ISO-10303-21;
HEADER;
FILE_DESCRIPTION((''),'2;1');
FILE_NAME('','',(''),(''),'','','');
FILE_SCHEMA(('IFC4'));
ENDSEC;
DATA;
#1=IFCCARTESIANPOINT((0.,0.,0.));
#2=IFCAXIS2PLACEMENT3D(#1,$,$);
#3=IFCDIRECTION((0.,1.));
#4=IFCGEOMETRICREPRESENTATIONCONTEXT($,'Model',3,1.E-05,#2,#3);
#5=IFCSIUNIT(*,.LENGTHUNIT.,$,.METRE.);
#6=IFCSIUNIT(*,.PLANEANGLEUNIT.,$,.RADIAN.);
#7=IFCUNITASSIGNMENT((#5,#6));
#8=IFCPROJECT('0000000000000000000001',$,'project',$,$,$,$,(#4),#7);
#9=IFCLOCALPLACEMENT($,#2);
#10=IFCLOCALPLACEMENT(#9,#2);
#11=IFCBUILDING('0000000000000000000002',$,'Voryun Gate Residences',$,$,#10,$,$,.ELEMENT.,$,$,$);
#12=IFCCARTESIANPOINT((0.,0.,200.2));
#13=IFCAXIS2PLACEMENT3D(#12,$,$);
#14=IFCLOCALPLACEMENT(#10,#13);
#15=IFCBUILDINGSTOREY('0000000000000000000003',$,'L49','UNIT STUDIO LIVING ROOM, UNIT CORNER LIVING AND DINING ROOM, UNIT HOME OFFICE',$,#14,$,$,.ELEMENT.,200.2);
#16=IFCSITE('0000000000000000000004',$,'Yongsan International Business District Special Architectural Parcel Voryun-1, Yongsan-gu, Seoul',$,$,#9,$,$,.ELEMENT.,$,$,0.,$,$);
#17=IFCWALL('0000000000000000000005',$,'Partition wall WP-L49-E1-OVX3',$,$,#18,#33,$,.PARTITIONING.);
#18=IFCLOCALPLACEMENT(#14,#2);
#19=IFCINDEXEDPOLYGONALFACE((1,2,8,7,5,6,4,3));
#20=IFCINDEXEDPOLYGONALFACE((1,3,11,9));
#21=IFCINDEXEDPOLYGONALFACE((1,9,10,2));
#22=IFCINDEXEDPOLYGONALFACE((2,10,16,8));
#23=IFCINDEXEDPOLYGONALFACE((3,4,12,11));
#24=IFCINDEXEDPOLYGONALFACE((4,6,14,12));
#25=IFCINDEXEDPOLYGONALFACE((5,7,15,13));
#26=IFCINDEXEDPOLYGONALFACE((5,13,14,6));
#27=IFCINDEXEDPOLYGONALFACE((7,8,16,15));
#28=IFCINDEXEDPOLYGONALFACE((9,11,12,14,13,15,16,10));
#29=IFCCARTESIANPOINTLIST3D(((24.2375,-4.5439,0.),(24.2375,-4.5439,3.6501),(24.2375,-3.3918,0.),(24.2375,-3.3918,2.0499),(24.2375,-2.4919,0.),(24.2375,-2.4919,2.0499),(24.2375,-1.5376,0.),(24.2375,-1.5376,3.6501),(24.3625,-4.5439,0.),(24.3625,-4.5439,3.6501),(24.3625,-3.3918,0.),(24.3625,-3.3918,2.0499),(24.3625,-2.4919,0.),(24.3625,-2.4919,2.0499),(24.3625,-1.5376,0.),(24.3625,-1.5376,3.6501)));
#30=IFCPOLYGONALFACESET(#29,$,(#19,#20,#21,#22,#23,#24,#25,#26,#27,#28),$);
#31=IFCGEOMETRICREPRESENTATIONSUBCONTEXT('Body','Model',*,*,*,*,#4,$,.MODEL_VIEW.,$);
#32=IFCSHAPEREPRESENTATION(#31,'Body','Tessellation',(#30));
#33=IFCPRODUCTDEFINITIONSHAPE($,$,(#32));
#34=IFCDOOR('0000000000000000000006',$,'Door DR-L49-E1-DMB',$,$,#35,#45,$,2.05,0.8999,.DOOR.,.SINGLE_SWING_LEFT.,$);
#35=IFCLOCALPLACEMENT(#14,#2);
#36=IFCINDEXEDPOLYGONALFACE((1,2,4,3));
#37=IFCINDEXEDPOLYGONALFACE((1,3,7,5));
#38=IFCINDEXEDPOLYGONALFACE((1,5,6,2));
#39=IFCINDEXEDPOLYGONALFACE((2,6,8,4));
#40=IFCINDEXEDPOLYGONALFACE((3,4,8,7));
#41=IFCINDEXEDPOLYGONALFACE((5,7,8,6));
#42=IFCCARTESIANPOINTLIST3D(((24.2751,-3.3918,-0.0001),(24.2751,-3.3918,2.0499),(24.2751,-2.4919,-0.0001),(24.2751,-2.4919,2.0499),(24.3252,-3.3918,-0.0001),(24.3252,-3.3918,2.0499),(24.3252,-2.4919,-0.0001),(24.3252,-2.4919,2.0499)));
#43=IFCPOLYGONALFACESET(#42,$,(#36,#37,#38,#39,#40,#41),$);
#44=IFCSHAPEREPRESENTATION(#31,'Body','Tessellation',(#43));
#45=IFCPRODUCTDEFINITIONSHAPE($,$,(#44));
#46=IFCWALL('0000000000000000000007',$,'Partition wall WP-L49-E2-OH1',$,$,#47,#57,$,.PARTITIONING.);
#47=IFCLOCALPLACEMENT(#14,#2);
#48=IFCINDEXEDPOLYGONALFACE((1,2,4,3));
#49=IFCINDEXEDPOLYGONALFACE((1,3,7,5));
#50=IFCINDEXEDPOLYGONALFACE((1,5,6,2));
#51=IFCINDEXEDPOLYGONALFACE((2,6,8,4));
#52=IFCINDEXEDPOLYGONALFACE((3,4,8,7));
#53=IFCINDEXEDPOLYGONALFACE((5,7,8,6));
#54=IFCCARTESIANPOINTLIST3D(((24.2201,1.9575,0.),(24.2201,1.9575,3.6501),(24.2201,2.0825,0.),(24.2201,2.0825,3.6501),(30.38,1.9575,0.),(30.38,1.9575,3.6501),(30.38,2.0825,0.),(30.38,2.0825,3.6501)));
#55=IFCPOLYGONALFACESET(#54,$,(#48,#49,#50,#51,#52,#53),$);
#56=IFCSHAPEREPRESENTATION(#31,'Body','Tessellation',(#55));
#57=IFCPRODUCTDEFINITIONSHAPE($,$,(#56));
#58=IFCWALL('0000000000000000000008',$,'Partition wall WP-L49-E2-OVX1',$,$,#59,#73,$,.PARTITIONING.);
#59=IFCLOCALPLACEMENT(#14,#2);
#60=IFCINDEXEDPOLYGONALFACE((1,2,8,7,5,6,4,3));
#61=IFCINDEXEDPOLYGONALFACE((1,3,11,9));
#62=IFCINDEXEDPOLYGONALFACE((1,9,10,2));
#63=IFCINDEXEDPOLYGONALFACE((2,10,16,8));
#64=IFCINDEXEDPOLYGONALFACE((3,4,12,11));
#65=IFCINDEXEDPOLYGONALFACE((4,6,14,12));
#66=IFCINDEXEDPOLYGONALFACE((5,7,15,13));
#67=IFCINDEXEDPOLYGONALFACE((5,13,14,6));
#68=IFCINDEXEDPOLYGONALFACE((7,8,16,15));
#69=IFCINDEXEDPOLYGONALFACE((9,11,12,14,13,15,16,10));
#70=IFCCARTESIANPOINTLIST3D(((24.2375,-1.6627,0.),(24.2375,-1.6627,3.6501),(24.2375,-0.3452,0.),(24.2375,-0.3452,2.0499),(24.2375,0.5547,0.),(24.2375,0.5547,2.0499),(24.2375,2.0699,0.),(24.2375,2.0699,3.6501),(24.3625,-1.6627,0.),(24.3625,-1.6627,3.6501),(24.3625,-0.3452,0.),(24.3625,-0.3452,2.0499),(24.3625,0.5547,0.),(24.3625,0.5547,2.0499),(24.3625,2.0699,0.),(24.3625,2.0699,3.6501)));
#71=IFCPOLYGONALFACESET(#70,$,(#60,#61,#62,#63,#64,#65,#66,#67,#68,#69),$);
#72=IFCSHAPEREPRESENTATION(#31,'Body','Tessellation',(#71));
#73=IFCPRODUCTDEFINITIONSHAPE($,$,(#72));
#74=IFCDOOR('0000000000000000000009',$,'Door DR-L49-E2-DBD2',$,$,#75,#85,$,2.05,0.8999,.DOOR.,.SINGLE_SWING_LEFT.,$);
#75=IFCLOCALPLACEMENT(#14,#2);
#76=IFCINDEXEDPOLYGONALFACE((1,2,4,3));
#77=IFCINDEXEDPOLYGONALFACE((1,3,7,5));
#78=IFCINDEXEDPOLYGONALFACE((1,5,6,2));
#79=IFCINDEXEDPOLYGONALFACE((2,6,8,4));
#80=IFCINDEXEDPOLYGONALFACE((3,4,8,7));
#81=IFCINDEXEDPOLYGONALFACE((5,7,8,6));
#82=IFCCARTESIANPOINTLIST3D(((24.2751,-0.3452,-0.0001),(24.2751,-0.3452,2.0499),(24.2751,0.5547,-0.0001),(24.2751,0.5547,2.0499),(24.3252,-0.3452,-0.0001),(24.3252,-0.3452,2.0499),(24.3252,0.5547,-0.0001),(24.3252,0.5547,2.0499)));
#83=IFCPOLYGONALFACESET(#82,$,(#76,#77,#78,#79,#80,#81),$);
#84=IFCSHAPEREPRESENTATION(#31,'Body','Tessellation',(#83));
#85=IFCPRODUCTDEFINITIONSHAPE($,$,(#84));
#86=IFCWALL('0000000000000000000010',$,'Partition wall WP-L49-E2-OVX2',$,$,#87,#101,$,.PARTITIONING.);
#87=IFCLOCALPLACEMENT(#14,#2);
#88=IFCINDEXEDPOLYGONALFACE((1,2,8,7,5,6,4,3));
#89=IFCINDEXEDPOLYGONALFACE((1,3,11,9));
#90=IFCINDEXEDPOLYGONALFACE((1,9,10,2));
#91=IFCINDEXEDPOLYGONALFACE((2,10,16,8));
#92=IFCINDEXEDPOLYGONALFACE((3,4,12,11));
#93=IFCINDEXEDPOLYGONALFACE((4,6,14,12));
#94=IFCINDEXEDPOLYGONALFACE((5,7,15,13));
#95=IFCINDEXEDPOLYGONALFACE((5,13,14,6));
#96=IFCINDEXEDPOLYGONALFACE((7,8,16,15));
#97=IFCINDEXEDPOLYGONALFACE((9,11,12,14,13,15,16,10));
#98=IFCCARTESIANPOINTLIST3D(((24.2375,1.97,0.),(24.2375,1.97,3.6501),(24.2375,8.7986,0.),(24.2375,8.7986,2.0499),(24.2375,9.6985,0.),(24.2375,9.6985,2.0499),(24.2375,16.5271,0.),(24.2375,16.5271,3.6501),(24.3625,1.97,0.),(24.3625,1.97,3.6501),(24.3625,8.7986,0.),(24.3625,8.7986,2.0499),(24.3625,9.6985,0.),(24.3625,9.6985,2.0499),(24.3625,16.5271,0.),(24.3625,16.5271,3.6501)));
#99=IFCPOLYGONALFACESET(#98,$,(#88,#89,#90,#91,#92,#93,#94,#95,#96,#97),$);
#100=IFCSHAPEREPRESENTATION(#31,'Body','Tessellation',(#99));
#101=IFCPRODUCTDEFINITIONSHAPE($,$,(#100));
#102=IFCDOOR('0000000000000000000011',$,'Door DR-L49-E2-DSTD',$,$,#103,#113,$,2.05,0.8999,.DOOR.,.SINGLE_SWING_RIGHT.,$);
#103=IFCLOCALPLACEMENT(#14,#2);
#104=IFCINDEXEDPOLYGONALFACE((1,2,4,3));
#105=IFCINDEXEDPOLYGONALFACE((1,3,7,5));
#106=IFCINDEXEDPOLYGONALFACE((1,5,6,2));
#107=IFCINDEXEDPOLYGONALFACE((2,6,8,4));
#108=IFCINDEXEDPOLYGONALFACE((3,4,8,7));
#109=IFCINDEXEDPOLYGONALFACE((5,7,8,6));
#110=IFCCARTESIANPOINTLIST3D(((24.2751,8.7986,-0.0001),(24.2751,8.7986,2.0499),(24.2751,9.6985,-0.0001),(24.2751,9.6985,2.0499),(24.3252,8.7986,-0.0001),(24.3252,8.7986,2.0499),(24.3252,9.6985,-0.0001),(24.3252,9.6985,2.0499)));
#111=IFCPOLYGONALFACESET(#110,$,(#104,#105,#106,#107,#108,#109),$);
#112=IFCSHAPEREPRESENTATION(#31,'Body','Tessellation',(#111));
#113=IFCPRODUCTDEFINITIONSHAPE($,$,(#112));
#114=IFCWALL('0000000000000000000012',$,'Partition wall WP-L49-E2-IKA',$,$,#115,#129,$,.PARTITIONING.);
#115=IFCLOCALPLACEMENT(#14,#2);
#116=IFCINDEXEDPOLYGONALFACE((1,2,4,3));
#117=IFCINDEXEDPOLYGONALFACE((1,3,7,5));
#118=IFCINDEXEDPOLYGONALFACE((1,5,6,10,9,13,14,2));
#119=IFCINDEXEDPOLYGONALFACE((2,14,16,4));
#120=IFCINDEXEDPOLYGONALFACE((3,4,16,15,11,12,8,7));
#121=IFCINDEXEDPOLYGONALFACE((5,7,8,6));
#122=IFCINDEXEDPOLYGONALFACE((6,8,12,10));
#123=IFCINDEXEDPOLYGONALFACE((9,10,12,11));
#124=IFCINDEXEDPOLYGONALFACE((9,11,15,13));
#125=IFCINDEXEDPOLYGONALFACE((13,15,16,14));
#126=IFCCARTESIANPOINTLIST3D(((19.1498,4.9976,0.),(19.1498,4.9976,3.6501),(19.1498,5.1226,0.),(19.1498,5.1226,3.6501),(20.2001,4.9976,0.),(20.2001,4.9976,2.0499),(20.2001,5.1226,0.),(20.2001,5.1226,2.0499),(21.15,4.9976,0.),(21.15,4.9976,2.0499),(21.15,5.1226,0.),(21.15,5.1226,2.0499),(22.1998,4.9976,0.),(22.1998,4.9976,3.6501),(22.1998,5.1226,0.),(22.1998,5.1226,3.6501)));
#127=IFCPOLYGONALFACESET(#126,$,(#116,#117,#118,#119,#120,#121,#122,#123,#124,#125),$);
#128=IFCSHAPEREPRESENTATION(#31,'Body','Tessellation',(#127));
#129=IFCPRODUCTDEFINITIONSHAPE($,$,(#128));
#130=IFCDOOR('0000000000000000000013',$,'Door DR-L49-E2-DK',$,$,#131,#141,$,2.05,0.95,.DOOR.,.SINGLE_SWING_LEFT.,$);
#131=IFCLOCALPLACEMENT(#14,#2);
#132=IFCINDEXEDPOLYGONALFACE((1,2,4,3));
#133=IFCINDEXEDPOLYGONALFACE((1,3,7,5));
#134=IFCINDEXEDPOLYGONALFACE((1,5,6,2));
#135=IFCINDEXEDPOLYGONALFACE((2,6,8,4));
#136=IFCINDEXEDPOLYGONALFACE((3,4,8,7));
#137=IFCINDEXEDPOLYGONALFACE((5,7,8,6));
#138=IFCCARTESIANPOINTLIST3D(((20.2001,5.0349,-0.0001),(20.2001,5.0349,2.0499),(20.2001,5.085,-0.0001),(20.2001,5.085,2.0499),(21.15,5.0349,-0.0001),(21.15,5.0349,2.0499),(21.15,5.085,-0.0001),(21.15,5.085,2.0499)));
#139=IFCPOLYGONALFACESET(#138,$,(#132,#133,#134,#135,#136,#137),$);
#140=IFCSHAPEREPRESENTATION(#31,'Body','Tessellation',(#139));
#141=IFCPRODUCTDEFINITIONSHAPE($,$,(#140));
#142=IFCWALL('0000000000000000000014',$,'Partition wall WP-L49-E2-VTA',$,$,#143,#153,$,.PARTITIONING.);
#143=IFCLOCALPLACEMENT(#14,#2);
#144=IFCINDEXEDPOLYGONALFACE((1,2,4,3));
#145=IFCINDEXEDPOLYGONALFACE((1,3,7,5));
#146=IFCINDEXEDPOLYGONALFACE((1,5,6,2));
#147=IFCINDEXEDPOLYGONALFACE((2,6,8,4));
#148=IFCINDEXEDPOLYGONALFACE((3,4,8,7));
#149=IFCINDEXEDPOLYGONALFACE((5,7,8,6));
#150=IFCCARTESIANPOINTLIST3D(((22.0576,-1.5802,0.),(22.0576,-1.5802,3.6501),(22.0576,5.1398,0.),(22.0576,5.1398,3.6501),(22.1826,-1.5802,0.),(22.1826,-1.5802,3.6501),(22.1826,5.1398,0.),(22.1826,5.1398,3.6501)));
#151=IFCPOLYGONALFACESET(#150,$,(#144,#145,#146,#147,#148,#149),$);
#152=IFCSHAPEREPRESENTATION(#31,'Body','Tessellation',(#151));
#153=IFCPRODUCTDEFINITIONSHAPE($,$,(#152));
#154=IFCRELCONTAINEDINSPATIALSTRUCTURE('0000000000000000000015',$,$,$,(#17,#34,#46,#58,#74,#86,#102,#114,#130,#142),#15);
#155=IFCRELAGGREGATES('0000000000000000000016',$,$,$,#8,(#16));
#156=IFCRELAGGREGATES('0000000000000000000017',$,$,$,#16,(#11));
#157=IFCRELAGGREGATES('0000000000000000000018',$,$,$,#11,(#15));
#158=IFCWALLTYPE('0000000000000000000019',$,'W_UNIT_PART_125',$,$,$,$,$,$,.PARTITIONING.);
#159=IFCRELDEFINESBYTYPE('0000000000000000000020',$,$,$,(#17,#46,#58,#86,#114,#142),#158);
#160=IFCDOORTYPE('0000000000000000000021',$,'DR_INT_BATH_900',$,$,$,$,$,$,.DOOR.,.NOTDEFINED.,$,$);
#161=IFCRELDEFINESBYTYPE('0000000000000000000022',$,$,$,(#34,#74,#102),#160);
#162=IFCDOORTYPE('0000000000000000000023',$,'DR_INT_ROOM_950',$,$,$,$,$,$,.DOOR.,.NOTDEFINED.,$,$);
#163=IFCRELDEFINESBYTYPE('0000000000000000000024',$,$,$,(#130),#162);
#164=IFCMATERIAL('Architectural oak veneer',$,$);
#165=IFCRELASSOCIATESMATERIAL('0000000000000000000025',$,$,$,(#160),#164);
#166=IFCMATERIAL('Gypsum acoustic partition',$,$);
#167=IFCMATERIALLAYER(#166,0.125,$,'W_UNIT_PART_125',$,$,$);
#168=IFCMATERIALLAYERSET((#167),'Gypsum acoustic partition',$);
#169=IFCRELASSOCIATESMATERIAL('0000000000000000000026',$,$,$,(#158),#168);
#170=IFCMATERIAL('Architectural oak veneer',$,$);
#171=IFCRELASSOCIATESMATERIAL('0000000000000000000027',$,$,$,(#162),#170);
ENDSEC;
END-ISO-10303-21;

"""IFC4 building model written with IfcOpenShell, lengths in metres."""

from ifc_helpers import new_model, si_unit, direction, frame, frame_2d, origin, place, context, subcontext, project, spatial, rectangle, extrude, material, layer, layer_set, type_object, element, fill, save


model = new_model("IFC4")

# Units and contexts
model_context = context("Model", 3, precision=1e-05, world=origin(), true_north=direction((0.0, 1.0)))
body_context = subcontext(model_context, "Body", "Model", "MODEL_VIEW")
ifc_project = project(units=[si_unit("LENGTHUNIT", "METRE"), si_unit("PLANEANGLEUNIT", "RADIAN")], contexts=[model_context])

# Site, building, storey
site_placement = place(None, origin())
site = spatial("IfcSite", under=ifc_project, at=site_placement, Name="Yongsan International Business District Special Architectural Parcel Voryun-1, Yongsan-gu, Seoul", CompositionType="ELEMENT", RefElevation=0.0)
building_placement = place(site_placement, origin())
building = spatial("IfcBuilding", under=site, at=building_placement, Name="Voryun Gate Residences", CompositionType="ELEMENT")
storey_placement = place(building_placement, frame((0.0, 0.0, 200.2)))
storey = spatial("IfcBuildingStorey", under=building, at=storey_placement, Name="L49", Description="UNIT STUDIO LIVING ROOM, UNIT CORNER LIVING AND DINING ROOM, UNIT HOME OFFICE", CompositionType="ELEMENT", Elevation=200.2)

# Shared definitions
ifc_material_1 = material(Name="Architectural oak veneer")
door_type_1 = type_object("IfcDoorType", Name="DR_INT_BATH_900", OperationType="NOTDEFINED", PredefinedType="DOOR", material=ifc_material_1)

# Shared definitions
ifc_material_2 = material(Name="Gypsum acoustic partition")
ifc_layer_1 = layer(ifc_material_2, 0.125, Name="W_UNIT_PART_125")
ifc_layer_set_1 = layer_set([ifc_layer_1], Name="Gypsum acoustic partition")
wall_type_1 = type_object("IfcWallType", Name="W_UNIT_PART_125", PredefinedType="PARTITIONING", material=ifc_layer_set_1)

# Wall, opening, door
wall_1_placement = place(storey_placement, frame((24.3, -4.5439, 0.0), z_axis=(0.0, 0.0, 1.0), x_axis=(0.0, 1.0, 0.0)))
wall_1 = element("IfcWall", 1, at=wall_1_placement, inside=storey, type_object=wall_type_1, Name="Partition wall WP-L49-E1-OVX3", PredefinedType="PARTITIONING", context=body_context, shape_type="SweptSolid", body=[
    extrude(rectangle(XDim=3.0063, YDim=0.125, at=frame_2d((1.5032, 0.0))), origin(), (0.0, 0.0, 1.0), 3.6501),
])
opening_1_placement = place(wall_1_placement, frame((1.1521, 0.0, 0.0)))
opening_1 = element("IfcOpeningElement", 2, at=opening_1_placement, cuts=wall_1, PredefinedType="OPENING", context=body_context, shape_type="SweptSolid", body=[
    extrude(rectangle(XDim=0.8999, YDim=2.05, at=frame_2d((0.45, 1.0249))), frame((0.0, 0.0725, 0.0), z_axis=(0.0, -1.0, 0.0), x_axis=(1.0, 0.0, 0.0)), (0.0, 0.0, 1.0), 0.145),
])
door_1_placement = place(opening_1_placement, origin())
door_1 = element("IfcDoor", 3, at=door_1_placement, inside=storey, type_object=door_type_1, Name="Door DR-L49-E1-DMB", OperationType="SINGLE_SWING_LEFT", OverallHeight=2.05, OverallWidth=0.8999, PredefinedType="DOOR", context=body_context, shape_type="SweptSolid", body=[
    extrude(rectangle(XDim=0.8999, YDim=2.05, at=frame_2d((0.45, 1.0249))), frame((0.0, 0.0249, 0.0), z_axis=(0.0, -1.0, 0.0), x_axis=(1.0, 0.0, 0.0)), (0.0, 0.0, 1.0), 0.05),
])
fill(opening_1, door_1)

# Wall
wall_2_placement = place(storey_placement, frame((24.22, 2.02, 0.0), z_axis=(0.0, 0.0, 1.0), x_axis=(1.0, 0.0, 0.0)))
element("IfcWall", 4, at=wall_2_placement, inside=storey, type_object=wall_type_1, Name="Partition wall WP-L49-E2-OH1", PredefinedType="PARTITIONING", context=body_context, shape_type="SweptSolid", body=[
    extrude(rectangle(XDim=6.1599, YDim=0.125, at=frame_2d((3.0801, 0.0))), origin(), (0.0, 0.0, 1.0), 3.6501),
])

# Walls, openings, doors
wall_3_placement = place(storey_placement, frame((24.3, -1.6626, 0.0), z_axis=(0.0, 0.0, 1.0), x_axis=(0.0, 1.0, 0.0)))
wall_3 = element("IfcWall", 5, at=wall_3_placement, inside=storey, type_object=wall_type_1, Name="Partition wall WP-L49-E2-OVX1", PredefinedType="PARTITIONING", context=body_context, shape_type="SweptSolid", body=[
    extrude(rectangle(XDim=3.7327, YDim=0.125, at=frame_2d((1.8662, 0.0))), origin(), (0.0, 0.0, 1.0), 3.6501),
])
opening_2_placement = place(wall_3_placement, frame((1.3174, 0.0, 0.0)))
opening_2 = element("IfcOpeningElement", 6, at=opening_2_placement, cuts=wall_3, PredefinedType="OPENING", context=body_context, shape_type="SweptSolid", body=[
    extrude(rectangle(XDim=0.8999, YDim=2.05, at=frame_2d((0.45, 1.0249))), frame((0.0, 0.0725, 0.0), z_axis=(0.0, -1.0, 0.0), x_axis=(1.0, 0.0, 0.0)), (0.0, 0.0, 1.0), 0.145),
])
door_2_placement = place(opening_2_placement, origin())
door_2 = element("IfcDoor", 7, at=door_2_placement, inside=storey, type_object=door_type_1, Name="Door DR-L49-E2-DBD2", OperationType="SINGLE_SWING_LEFT", OverallHeight=2.05, OverallWidth=0.8999, PredefinedType="DOOR", context=body_context, shape_type="SweptSolid", body=[
    extrude(rectangle(XDim=0.8999, YDim=2.05, at=frame_2d((0.45, 1.0249))), frame((0.0, 0.0249, 0.0), z_axis=(0.0, -1.0, 0.0), x_axis=(1.0, 0.0, 0.0)), (0.0, 0.0, 1.0), 0.05),
])
fill(opening_2, door_2)
wall_4_placement = place(storey_placement, frame((24.3, 1.97, 0.0), z_axis=(0.0, 0.0, 1.0), x_axis=(0.0, 1.0, 0.0)))
wall_4 = element("IfcWall", 8, at=wall_4_placement, inside=storey, type_object=wall_type_1, Name="Partition wall WP-L49-E2-OVX2", PredefinedType="PARTITIONING", context=body_context, shape_type="SweptSolid", body=[
    extrude(rectangle(XDim=14.5571, YDim=0.125, at=frame_2d((7.2786, 0.0))), origin(), (0.0, 0.0, 1.0), 3.6501),
])
opening_3_placement = place(wall_4_placement, frame((6.8286, 0.0, 0.0)))
opening_3 = element("IfcOpeningElement", 9, at=opening_3_placement, cuts=wall_4, PredefinedType="OPENING", context=body_context, shape_type="SweptSolid", body=[
    extrude(rectangle(XDim=0.8999, YDim=2.05, at=frame_2d((0.45, 1.0249))), frame((0.0, 0.0725, 0.0), z_axis=(0.0, -1.0, 0.0), x_axis=(1.0, 0.0, 0.0)), (0.0, 0.0, 1.0), 0.145),
])
door_3_placement = place(opening_3_placement, origin())
door_3 = element("IfcDoor", 10, at=door_3_placement, inside=storey, type_object=door_type_1, Name="Door DR-L49-E2-DSTD", OperationType="SINGLE_SWING_RIGHT", OverallHeight=2.05, OverallWidth=0.8999, PredefinedType="DOOR", context=body_context, shape_type="SweptSolid", body=[
    extrude(rectangle(XDim=0.8999, YDim=2.05, at=frame_2d((0.45, 1.0249))), frame((0.0, 0.0249, 0.0), z_axis=(0.0, -1.0, 0.0), x_axis=(1.0, 0.0, 0.0)), (0.0, 0.0, 1.0), 0.05),
])
fill(opening_3, door_3)
wall_5_placement = place(storey_placement, frame((19.1499, 5.0601, 0.0), z_axis=(0.0, 0.0, 1.0), x_axis=(1.0, 0.0, 0.0)))
wall_5 = element("IfcWall", 11, at=wall_5_placement, inside=storey, type_object=wall_type_1, Name="Partition wall WP-L49-E2-IKA", PredefinedType="PARTITIONING", context=body_context, shape_type="SweptSolid", body=[
    extrude(rectangle(XDim=3.05, YDim=0.125, at=frame_2d((1.5249, 0.0))), origin(), (0.0, 0.0, 1.0), 3.6501),
])
opening_4_placement = place(wall_5_placement, frame((1.05, 0.0, 0.0)))
opening_4 = element("IfcOpeningElement", 12, at=opening_4_placement, cuts=wall_5, PredefinedType="OPENING", context=body_context, shape_type="SweptSolid", body=[
    extrude(rectangle(XDim=0.95, YDim=2.05, at=frame_2d((0.4751, 1.0249))), frame((0.0, 0.0725, 0.0), z_axis=(0.0, -1.0, 0.0), x_axis=(1.0, 0.0, 0.0)), (0.0, 0.0, 1.0), 0.145),
])
ifc_material_3 = material(Name="Architectural oak veneer")
door_type_2 = type_object("IfcDoorType", Name="DR_INT_ROOM_950", OperationType="NOTDEFINED", PredefinedType="DOOR", material=ifc_material_3)
door_4_placement = place(opening_4_placement, origin())
door_4 = element("IfcDoor", 13, at=door_4_placement, inside=storey, type_object=door_type_2, Name="Door DR-L49-E2-DK", OperationType="SINGLE_SWING_LEFT", OverallHeight=2.05, OverallWidth=0.95, PredefinedType="DOOR", context=body_context, shape_type="SweptSolid", body=[
    extrude(rectangle(XDim=0.95, YDim=2.05, at=frame_2d((0.4751, 1.0249))), frame((0.0, 0.0249, 0.0), z_axis=(0.0, -1.0, 0.0), x_axis=(1.0, 0.0, 0.0)), (0.0, 0.0, 1.0), 0.05),
])
fill(opening_4, door_4)

# Wall
wall_6_placement = place(storey_placement, frame((22.1201, -1.5801, 0.0), z_axis=(0.0, 0.0, 1.0), x_axis=(0.0, 1.0, 0.0)))
element("IfcWall", 14, at=wall_6_placement, inside=storey, type_object=wall_type_1, Name="Partition wall WP-L49-E2-VTA", PredefinedType="PARTITIONING", context=body_context, shape_type="SweptSolid", body=[
    extrude(rectangle(XDim=6.72, YDim=0.125, at=frame_2d((3.3599, 0.0))), origin(), (0.0, 0.0, 1.0), 3.6501),
])

save(model, "model.ifc")
